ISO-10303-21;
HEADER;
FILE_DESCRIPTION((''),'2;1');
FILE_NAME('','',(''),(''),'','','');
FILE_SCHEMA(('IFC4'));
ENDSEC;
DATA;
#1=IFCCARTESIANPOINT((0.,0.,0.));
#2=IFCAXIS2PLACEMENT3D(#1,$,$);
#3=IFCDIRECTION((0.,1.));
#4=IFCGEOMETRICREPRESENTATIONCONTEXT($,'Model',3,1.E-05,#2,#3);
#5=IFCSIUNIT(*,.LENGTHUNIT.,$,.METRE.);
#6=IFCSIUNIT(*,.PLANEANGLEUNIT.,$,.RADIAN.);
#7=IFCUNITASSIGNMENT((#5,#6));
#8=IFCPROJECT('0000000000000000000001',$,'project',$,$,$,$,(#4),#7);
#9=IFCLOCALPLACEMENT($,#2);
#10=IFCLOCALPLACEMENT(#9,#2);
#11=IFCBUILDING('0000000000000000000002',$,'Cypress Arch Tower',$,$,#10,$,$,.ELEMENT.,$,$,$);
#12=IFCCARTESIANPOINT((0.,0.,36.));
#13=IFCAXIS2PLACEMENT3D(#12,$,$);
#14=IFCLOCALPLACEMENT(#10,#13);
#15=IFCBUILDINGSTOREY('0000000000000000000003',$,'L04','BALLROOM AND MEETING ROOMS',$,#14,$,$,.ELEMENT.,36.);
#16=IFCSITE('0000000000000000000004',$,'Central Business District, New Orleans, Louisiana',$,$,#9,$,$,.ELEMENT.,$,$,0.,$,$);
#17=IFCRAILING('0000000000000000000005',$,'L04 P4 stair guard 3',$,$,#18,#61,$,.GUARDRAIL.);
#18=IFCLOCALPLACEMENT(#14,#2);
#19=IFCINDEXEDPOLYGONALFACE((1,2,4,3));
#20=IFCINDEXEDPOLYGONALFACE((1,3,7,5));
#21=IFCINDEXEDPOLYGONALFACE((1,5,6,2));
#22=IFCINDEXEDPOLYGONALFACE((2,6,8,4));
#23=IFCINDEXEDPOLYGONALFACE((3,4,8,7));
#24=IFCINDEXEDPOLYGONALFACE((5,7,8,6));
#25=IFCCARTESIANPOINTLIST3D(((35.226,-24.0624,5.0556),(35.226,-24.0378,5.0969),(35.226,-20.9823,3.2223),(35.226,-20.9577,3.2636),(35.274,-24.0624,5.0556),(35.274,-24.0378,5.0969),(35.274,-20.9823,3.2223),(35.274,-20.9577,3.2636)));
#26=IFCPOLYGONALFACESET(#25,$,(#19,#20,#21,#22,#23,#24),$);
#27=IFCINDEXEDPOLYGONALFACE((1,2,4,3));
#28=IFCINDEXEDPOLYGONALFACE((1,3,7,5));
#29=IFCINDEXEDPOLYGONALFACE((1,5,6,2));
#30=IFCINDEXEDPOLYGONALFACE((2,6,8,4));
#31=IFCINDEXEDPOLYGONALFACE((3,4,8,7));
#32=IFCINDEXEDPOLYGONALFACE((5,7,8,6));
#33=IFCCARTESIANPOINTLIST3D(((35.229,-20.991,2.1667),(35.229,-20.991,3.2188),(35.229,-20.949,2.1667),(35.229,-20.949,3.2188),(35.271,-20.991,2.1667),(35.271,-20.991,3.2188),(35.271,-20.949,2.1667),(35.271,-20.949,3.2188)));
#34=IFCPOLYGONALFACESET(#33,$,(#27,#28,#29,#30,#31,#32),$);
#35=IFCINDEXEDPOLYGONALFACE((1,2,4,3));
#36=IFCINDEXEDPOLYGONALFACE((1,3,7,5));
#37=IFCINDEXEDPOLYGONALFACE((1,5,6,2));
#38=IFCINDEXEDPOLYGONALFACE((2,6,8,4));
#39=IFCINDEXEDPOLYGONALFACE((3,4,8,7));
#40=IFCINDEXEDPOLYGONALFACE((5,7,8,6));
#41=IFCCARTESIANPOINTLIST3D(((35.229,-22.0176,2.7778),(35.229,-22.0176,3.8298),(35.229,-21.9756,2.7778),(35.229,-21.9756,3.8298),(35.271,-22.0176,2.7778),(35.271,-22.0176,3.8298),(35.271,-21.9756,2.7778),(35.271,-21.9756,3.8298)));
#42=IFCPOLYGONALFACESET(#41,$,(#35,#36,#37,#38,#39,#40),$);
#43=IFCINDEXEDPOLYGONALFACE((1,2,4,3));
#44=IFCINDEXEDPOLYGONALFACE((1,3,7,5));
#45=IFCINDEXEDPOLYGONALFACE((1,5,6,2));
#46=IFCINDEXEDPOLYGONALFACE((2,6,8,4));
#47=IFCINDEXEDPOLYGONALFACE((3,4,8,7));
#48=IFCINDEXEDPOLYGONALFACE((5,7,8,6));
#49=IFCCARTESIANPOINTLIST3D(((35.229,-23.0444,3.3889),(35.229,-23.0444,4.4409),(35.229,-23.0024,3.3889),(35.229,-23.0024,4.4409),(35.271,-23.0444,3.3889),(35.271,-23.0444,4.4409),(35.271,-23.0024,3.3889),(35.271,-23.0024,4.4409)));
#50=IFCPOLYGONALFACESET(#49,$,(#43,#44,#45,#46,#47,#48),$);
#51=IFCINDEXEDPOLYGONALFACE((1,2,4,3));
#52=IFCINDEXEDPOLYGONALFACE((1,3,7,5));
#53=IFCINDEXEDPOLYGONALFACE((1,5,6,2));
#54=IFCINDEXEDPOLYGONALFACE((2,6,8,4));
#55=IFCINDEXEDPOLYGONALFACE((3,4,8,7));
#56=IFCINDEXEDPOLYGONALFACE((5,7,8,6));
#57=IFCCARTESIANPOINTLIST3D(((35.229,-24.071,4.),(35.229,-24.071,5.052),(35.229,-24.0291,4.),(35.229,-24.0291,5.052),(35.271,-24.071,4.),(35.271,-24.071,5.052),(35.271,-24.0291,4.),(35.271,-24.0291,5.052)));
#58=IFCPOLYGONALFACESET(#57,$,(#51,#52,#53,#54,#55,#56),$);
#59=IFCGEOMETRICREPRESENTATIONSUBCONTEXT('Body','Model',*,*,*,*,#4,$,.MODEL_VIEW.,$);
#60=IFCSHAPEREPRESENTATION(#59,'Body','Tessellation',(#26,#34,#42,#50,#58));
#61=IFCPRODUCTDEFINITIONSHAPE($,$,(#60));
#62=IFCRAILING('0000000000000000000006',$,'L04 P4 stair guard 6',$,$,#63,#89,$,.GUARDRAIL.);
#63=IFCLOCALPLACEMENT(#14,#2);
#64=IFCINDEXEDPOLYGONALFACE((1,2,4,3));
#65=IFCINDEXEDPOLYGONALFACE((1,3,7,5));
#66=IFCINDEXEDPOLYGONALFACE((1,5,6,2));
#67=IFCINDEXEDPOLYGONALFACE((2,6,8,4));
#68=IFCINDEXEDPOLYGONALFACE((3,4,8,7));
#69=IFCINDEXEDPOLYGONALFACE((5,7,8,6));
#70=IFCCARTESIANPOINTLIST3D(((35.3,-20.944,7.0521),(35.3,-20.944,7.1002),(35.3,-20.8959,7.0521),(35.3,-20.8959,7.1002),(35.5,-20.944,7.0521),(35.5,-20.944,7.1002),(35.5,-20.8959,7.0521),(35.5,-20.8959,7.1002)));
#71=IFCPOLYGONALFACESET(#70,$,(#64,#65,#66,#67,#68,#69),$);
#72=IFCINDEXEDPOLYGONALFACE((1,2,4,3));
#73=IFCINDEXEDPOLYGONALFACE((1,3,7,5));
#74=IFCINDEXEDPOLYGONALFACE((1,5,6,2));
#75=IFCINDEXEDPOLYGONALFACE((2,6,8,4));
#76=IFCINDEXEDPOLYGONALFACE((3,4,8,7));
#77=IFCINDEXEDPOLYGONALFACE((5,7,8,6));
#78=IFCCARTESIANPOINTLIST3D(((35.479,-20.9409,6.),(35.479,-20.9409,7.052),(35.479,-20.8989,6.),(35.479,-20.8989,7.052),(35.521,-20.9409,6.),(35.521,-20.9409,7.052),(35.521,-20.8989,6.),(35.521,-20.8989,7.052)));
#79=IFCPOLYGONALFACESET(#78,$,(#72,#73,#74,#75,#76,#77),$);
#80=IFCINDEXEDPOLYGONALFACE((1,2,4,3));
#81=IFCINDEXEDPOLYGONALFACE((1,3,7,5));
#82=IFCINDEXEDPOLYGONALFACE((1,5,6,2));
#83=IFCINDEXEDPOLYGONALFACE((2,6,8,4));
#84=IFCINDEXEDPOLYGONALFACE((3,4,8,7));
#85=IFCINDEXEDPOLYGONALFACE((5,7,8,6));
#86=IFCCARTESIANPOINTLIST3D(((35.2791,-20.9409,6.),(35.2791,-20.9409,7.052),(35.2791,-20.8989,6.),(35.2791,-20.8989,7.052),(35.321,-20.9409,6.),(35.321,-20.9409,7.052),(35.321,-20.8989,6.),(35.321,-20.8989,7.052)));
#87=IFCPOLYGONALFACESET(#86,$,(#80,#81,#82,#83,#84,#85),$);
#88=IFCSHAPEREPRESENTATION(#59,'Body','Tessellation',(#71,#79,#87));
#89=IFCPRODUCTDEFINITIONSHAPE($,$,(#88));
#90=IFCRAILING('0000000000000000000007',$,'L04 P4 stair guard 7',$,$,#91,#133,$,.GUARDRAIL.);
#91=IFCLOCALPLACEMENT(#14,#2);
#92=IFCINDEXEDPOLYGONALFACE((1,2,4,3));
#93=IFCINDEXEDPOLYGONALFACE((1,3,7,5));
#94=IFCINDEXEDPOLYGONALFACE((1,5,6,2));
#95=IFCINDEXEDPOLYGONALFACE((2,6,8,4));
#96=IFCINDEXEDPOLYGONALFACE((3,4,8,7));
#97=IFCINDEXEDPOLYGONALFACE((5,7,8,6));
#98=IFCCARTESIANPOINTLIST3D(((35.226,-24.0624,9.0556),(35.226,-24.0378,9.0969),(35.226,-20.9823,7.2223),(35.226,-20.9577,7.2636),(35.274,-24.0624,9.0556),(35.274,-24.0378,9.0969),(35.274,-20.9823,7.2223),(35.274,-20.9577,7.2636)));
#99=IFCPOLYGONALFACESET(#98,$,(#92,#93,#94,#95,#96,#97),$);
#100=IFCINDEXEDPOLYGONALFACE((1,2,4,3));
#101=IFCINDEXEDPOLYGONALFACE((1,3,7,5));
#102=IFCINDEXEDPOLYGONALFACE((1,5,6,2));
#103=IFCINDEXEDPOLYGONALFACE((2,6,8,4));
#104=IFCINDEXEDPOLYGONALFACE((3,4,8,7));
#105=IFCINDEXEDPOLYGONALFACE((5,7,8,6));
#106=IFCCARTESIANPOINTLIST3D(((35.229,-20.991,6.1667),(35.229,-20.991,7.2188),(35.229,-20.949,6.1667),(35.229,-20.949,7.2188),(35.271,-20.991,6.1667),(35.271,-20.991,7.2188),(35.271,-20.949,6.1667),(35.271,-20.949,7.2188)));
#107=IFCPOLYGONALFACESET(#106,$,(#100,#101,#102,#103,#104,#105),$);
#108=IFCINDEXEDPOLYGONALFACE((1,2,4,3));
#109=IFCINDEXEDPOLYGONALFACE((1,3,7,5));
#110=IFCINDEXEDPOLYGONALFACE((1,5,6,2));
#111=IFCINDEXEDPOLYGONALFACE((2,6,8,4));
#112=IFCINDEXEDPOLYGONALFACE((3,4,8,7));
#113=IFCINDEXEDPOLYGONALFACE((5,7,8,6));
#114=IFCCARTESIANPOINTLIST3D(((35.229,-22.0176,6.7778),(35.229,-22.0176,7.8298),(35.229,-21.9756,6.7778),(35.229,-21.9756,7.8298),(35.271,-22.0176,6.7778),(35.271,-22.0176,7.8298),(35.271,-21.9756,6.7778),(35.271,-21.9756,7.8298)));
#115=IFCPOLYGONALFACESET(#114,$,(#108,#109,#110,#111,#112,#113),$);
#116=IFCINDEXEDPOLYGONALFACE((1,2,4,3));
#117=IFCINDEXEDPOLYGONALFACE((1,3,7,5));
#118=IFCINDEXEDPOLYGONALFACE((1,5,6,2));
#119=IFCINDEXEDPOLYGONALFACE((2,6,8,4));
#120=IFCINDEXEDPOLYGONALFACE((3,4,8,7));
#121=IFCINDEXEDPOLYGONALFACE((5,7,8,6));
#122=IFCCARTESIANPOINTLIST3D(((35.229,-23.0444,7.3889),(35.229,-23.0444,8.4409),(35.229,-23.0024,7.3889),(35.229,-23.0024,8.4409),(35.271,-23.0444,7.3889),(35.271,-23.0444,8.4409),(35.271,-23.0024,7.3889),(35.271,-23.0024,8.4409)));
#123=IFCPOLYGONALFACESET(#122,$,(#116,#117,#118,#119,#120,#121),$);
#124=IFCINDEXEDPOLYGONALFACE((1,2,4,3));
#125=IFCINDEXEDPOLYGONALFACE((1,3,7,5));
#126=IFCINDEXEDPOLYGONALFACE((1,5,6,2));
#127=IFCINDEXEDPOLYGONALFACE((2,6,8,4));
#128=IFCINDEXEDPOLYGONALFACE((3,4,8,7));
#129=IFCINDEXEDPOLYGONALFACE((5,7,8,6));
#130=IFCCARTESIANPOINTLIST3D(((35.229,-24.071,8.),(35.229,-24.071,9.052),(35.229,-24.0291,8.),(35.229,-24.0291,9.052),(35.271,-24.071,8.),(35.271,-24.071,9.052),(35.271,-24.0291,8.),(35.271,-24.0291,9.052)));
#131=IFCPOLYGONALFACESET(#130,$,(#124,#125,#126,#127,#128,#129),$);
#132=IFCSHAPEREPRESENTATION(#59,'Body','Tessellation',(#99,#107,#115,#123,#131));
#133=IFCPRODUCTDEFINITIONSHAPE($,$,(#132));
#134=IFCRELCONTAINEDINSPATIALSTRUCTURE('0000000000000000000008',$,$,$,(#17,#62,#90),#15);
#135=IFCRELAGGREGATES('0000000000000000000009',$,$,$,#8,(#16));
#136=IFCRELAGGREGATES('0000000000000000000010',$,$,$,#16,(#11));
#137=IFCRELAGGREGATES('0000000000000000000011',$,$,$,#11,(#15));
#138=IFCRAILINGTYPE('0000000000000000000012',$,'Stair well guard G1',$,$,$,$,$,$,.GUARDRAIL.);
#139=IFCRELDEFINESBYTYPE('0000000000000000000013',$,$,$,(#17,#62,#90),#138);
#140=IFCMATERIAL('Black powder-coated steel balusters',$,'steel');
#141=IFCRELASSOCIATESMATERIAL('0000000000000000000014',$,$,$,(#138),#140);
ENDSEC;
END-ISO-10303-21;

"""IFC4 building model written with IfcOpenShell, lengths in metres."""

from ifc_helpers import new_model, si_unit, direction, frame, origin, origin_2d, place, context, subcontext, project, spatial, rectangle, extrude, material, type_object, element, save


model = new_model("IFC4")

# Units and contexts
model_context = context("Model", 3, precision=1e-05, world=origin(), true_north=direction((0.0, 1.0)))
body_context = subcontext(model_context, "Body", "Model", "MODEL_VIEW")
ifc_project = project(units=[si_unit("LENGTHUNIT", "METRE"), si_unit("PLANEANGLEUNIT", "RADIAN")], contexts=[model_context])

# Site, building, storey
site_placement = place(None, origin())
site = spatial("IfcSite", under=ifc_project, at=site_placement, Name="Central Business District, New Orleans, Louisiana", CompositionType="ELEMENT", RefElevation=0.0)
building_placement = place(site_placement, origin())
building = spatial("IfcBuilding", under=site, at=building_placement, Name="Cypress Arch Tower", CompositionType="ELEMENT")
storey_placement = place(building_placement, frame((0.0, 0.0, 36.0)))
storey = spatial("IfcBuildingStorey", under=building, at=storey_placement, Name="L04", Description="BALLROOM AND MEETING ROOMS", CompositionType="ELEMENT", Elevation=36.0)

# Railings
ifc_material_1 = material(Name="Black powder-coated steel balusters", Category="steel")
railing_type = type_object("IfcRailingType", Name="Stair well guard G1", PredefinedType="GUARDRAIL", material=ifc_material_1)
railing_1_placement = place(storey_placement, frame((35.25, -20.97, 2.1667)))
element("IfcRailing", 1, at=railing_1_placement, inside=storey, type_object=railing_type, Name="L04 P4 stair guard 3", PredefinedType="GUARDRAIL", context=body_context, shape_type="SweptSolid", body=[
    extrude(rectangle(XDim=0.0481, YDim=0.0481, at=origin_2d()), frame((0.0, 0.0, 1.0762), z_axis=(0.0, -0.859309, 0.511458), x_axis=(1.0, 0.0, 0.0)), (0.0, 0.0, 1.0), 3.5845),
    extrude(rectangle(XDim=0.042, YDim=0.042, at=origin_2d()), origin(), (0.0, 0.0, 1.0), 1.052),
    extrude(rectangle(XDim=0.042, YDim=0.042, at=origin_2d()), frame((0.0, -1.0266, 0.6111)), (0.0, 0.0, 1.0), 1.052),
    extrude(rectangle(XDim=0.042, YDim=0.042, at=origin_2d()), frame((0.0, -2.0535, 1.2222)), (0.0, 0.0, 1.0), 1.052),
    extrude(rectangle(XDim=0.042, YDim=0.042, at=origin_2d()), frame((0.0, -3.0801, 1.8333)), (0.0, 0.0, 1.0), 1.052),
])
railing_2_placement = place(storey_placement, frame((35.5, -20.9199, 6.0)))
element("IfcRailing", 2, at=railing_2_placement, inside=storey, type_object=railing_type, Name="L04 P4 stair guard 6", PredefinedType="GUARDRAIL", context=body_context, shape_type="SweptSolid", body=[
    extrude(rectangle(XDim=0.0481, YDim=0.0481, at=origin_2d()), frame((0.0, 0.0, 1.0762), z_axis=(-1.0, 0.0, 0.0), x_axis=(0.0, -1.0, 0.0)), (0.0, 0.0, 1.0), 0.2),
    extrude(rectangle(XDim=0.042, YDim=0.042, at=origin_2d()), origin(), (0.0, 0.0, 1.0), 1.052),
    extrude(rectangle(XDim=0.042, YDim=0.042, at=origin_2d()), frame((-0.2, 0.0, 0.0)), (0.0, 0.0, 1.0), 1.052),
])
railing_3_placement = place(storey_placement, frame((35.25, -20.97, 6.1667)))
element("IfcRailing", 3, at=railing_3_placement, inside=storey, type_object=railing_type, Name="L04 P4 stair guard 7", PredefinedType="GUARDRAIL", context=body_context, shape_type="SweptSolid", body=[
    extrude(rectangle(XDim=0.0481, YDim=0.0481, at=origin_2d()), frame((0.0, 0.0, 1.0762), z_axis=(0.0, -0.859309, 0.511458), x_axis=(1.0, 0.0, 0.0)), (0.0, 0.0, 1.0), 3.5845),
    extrude(rectangle(XDim=0.042, YDim=0.042, at=origin_2d()), origin(), (0.0, 0.0, 1.0), 1.052),
    extrude(rectangle(XDim=0.042, YDim=0.042, at=origin_2d()), frame((0.0, -1.0266, 0.6111)), (0.0, 0.0, 1.0), 1.052),
    extrude(rectangle(XDim=0.042, YDim=0.042, at=origin_2d()), frame((0.0, -2.0535, 1.2222)), (0.0, 0.0, 1.0), 1.052),
    extrude(rectangle(XDim=0.042, YDim=0.042, at=origin_2d()), frame((0.0, -3.0801, 1.8333)), (0.0, 0.0, 1.0), 1.052),
])

save(model, "model.ifc")
